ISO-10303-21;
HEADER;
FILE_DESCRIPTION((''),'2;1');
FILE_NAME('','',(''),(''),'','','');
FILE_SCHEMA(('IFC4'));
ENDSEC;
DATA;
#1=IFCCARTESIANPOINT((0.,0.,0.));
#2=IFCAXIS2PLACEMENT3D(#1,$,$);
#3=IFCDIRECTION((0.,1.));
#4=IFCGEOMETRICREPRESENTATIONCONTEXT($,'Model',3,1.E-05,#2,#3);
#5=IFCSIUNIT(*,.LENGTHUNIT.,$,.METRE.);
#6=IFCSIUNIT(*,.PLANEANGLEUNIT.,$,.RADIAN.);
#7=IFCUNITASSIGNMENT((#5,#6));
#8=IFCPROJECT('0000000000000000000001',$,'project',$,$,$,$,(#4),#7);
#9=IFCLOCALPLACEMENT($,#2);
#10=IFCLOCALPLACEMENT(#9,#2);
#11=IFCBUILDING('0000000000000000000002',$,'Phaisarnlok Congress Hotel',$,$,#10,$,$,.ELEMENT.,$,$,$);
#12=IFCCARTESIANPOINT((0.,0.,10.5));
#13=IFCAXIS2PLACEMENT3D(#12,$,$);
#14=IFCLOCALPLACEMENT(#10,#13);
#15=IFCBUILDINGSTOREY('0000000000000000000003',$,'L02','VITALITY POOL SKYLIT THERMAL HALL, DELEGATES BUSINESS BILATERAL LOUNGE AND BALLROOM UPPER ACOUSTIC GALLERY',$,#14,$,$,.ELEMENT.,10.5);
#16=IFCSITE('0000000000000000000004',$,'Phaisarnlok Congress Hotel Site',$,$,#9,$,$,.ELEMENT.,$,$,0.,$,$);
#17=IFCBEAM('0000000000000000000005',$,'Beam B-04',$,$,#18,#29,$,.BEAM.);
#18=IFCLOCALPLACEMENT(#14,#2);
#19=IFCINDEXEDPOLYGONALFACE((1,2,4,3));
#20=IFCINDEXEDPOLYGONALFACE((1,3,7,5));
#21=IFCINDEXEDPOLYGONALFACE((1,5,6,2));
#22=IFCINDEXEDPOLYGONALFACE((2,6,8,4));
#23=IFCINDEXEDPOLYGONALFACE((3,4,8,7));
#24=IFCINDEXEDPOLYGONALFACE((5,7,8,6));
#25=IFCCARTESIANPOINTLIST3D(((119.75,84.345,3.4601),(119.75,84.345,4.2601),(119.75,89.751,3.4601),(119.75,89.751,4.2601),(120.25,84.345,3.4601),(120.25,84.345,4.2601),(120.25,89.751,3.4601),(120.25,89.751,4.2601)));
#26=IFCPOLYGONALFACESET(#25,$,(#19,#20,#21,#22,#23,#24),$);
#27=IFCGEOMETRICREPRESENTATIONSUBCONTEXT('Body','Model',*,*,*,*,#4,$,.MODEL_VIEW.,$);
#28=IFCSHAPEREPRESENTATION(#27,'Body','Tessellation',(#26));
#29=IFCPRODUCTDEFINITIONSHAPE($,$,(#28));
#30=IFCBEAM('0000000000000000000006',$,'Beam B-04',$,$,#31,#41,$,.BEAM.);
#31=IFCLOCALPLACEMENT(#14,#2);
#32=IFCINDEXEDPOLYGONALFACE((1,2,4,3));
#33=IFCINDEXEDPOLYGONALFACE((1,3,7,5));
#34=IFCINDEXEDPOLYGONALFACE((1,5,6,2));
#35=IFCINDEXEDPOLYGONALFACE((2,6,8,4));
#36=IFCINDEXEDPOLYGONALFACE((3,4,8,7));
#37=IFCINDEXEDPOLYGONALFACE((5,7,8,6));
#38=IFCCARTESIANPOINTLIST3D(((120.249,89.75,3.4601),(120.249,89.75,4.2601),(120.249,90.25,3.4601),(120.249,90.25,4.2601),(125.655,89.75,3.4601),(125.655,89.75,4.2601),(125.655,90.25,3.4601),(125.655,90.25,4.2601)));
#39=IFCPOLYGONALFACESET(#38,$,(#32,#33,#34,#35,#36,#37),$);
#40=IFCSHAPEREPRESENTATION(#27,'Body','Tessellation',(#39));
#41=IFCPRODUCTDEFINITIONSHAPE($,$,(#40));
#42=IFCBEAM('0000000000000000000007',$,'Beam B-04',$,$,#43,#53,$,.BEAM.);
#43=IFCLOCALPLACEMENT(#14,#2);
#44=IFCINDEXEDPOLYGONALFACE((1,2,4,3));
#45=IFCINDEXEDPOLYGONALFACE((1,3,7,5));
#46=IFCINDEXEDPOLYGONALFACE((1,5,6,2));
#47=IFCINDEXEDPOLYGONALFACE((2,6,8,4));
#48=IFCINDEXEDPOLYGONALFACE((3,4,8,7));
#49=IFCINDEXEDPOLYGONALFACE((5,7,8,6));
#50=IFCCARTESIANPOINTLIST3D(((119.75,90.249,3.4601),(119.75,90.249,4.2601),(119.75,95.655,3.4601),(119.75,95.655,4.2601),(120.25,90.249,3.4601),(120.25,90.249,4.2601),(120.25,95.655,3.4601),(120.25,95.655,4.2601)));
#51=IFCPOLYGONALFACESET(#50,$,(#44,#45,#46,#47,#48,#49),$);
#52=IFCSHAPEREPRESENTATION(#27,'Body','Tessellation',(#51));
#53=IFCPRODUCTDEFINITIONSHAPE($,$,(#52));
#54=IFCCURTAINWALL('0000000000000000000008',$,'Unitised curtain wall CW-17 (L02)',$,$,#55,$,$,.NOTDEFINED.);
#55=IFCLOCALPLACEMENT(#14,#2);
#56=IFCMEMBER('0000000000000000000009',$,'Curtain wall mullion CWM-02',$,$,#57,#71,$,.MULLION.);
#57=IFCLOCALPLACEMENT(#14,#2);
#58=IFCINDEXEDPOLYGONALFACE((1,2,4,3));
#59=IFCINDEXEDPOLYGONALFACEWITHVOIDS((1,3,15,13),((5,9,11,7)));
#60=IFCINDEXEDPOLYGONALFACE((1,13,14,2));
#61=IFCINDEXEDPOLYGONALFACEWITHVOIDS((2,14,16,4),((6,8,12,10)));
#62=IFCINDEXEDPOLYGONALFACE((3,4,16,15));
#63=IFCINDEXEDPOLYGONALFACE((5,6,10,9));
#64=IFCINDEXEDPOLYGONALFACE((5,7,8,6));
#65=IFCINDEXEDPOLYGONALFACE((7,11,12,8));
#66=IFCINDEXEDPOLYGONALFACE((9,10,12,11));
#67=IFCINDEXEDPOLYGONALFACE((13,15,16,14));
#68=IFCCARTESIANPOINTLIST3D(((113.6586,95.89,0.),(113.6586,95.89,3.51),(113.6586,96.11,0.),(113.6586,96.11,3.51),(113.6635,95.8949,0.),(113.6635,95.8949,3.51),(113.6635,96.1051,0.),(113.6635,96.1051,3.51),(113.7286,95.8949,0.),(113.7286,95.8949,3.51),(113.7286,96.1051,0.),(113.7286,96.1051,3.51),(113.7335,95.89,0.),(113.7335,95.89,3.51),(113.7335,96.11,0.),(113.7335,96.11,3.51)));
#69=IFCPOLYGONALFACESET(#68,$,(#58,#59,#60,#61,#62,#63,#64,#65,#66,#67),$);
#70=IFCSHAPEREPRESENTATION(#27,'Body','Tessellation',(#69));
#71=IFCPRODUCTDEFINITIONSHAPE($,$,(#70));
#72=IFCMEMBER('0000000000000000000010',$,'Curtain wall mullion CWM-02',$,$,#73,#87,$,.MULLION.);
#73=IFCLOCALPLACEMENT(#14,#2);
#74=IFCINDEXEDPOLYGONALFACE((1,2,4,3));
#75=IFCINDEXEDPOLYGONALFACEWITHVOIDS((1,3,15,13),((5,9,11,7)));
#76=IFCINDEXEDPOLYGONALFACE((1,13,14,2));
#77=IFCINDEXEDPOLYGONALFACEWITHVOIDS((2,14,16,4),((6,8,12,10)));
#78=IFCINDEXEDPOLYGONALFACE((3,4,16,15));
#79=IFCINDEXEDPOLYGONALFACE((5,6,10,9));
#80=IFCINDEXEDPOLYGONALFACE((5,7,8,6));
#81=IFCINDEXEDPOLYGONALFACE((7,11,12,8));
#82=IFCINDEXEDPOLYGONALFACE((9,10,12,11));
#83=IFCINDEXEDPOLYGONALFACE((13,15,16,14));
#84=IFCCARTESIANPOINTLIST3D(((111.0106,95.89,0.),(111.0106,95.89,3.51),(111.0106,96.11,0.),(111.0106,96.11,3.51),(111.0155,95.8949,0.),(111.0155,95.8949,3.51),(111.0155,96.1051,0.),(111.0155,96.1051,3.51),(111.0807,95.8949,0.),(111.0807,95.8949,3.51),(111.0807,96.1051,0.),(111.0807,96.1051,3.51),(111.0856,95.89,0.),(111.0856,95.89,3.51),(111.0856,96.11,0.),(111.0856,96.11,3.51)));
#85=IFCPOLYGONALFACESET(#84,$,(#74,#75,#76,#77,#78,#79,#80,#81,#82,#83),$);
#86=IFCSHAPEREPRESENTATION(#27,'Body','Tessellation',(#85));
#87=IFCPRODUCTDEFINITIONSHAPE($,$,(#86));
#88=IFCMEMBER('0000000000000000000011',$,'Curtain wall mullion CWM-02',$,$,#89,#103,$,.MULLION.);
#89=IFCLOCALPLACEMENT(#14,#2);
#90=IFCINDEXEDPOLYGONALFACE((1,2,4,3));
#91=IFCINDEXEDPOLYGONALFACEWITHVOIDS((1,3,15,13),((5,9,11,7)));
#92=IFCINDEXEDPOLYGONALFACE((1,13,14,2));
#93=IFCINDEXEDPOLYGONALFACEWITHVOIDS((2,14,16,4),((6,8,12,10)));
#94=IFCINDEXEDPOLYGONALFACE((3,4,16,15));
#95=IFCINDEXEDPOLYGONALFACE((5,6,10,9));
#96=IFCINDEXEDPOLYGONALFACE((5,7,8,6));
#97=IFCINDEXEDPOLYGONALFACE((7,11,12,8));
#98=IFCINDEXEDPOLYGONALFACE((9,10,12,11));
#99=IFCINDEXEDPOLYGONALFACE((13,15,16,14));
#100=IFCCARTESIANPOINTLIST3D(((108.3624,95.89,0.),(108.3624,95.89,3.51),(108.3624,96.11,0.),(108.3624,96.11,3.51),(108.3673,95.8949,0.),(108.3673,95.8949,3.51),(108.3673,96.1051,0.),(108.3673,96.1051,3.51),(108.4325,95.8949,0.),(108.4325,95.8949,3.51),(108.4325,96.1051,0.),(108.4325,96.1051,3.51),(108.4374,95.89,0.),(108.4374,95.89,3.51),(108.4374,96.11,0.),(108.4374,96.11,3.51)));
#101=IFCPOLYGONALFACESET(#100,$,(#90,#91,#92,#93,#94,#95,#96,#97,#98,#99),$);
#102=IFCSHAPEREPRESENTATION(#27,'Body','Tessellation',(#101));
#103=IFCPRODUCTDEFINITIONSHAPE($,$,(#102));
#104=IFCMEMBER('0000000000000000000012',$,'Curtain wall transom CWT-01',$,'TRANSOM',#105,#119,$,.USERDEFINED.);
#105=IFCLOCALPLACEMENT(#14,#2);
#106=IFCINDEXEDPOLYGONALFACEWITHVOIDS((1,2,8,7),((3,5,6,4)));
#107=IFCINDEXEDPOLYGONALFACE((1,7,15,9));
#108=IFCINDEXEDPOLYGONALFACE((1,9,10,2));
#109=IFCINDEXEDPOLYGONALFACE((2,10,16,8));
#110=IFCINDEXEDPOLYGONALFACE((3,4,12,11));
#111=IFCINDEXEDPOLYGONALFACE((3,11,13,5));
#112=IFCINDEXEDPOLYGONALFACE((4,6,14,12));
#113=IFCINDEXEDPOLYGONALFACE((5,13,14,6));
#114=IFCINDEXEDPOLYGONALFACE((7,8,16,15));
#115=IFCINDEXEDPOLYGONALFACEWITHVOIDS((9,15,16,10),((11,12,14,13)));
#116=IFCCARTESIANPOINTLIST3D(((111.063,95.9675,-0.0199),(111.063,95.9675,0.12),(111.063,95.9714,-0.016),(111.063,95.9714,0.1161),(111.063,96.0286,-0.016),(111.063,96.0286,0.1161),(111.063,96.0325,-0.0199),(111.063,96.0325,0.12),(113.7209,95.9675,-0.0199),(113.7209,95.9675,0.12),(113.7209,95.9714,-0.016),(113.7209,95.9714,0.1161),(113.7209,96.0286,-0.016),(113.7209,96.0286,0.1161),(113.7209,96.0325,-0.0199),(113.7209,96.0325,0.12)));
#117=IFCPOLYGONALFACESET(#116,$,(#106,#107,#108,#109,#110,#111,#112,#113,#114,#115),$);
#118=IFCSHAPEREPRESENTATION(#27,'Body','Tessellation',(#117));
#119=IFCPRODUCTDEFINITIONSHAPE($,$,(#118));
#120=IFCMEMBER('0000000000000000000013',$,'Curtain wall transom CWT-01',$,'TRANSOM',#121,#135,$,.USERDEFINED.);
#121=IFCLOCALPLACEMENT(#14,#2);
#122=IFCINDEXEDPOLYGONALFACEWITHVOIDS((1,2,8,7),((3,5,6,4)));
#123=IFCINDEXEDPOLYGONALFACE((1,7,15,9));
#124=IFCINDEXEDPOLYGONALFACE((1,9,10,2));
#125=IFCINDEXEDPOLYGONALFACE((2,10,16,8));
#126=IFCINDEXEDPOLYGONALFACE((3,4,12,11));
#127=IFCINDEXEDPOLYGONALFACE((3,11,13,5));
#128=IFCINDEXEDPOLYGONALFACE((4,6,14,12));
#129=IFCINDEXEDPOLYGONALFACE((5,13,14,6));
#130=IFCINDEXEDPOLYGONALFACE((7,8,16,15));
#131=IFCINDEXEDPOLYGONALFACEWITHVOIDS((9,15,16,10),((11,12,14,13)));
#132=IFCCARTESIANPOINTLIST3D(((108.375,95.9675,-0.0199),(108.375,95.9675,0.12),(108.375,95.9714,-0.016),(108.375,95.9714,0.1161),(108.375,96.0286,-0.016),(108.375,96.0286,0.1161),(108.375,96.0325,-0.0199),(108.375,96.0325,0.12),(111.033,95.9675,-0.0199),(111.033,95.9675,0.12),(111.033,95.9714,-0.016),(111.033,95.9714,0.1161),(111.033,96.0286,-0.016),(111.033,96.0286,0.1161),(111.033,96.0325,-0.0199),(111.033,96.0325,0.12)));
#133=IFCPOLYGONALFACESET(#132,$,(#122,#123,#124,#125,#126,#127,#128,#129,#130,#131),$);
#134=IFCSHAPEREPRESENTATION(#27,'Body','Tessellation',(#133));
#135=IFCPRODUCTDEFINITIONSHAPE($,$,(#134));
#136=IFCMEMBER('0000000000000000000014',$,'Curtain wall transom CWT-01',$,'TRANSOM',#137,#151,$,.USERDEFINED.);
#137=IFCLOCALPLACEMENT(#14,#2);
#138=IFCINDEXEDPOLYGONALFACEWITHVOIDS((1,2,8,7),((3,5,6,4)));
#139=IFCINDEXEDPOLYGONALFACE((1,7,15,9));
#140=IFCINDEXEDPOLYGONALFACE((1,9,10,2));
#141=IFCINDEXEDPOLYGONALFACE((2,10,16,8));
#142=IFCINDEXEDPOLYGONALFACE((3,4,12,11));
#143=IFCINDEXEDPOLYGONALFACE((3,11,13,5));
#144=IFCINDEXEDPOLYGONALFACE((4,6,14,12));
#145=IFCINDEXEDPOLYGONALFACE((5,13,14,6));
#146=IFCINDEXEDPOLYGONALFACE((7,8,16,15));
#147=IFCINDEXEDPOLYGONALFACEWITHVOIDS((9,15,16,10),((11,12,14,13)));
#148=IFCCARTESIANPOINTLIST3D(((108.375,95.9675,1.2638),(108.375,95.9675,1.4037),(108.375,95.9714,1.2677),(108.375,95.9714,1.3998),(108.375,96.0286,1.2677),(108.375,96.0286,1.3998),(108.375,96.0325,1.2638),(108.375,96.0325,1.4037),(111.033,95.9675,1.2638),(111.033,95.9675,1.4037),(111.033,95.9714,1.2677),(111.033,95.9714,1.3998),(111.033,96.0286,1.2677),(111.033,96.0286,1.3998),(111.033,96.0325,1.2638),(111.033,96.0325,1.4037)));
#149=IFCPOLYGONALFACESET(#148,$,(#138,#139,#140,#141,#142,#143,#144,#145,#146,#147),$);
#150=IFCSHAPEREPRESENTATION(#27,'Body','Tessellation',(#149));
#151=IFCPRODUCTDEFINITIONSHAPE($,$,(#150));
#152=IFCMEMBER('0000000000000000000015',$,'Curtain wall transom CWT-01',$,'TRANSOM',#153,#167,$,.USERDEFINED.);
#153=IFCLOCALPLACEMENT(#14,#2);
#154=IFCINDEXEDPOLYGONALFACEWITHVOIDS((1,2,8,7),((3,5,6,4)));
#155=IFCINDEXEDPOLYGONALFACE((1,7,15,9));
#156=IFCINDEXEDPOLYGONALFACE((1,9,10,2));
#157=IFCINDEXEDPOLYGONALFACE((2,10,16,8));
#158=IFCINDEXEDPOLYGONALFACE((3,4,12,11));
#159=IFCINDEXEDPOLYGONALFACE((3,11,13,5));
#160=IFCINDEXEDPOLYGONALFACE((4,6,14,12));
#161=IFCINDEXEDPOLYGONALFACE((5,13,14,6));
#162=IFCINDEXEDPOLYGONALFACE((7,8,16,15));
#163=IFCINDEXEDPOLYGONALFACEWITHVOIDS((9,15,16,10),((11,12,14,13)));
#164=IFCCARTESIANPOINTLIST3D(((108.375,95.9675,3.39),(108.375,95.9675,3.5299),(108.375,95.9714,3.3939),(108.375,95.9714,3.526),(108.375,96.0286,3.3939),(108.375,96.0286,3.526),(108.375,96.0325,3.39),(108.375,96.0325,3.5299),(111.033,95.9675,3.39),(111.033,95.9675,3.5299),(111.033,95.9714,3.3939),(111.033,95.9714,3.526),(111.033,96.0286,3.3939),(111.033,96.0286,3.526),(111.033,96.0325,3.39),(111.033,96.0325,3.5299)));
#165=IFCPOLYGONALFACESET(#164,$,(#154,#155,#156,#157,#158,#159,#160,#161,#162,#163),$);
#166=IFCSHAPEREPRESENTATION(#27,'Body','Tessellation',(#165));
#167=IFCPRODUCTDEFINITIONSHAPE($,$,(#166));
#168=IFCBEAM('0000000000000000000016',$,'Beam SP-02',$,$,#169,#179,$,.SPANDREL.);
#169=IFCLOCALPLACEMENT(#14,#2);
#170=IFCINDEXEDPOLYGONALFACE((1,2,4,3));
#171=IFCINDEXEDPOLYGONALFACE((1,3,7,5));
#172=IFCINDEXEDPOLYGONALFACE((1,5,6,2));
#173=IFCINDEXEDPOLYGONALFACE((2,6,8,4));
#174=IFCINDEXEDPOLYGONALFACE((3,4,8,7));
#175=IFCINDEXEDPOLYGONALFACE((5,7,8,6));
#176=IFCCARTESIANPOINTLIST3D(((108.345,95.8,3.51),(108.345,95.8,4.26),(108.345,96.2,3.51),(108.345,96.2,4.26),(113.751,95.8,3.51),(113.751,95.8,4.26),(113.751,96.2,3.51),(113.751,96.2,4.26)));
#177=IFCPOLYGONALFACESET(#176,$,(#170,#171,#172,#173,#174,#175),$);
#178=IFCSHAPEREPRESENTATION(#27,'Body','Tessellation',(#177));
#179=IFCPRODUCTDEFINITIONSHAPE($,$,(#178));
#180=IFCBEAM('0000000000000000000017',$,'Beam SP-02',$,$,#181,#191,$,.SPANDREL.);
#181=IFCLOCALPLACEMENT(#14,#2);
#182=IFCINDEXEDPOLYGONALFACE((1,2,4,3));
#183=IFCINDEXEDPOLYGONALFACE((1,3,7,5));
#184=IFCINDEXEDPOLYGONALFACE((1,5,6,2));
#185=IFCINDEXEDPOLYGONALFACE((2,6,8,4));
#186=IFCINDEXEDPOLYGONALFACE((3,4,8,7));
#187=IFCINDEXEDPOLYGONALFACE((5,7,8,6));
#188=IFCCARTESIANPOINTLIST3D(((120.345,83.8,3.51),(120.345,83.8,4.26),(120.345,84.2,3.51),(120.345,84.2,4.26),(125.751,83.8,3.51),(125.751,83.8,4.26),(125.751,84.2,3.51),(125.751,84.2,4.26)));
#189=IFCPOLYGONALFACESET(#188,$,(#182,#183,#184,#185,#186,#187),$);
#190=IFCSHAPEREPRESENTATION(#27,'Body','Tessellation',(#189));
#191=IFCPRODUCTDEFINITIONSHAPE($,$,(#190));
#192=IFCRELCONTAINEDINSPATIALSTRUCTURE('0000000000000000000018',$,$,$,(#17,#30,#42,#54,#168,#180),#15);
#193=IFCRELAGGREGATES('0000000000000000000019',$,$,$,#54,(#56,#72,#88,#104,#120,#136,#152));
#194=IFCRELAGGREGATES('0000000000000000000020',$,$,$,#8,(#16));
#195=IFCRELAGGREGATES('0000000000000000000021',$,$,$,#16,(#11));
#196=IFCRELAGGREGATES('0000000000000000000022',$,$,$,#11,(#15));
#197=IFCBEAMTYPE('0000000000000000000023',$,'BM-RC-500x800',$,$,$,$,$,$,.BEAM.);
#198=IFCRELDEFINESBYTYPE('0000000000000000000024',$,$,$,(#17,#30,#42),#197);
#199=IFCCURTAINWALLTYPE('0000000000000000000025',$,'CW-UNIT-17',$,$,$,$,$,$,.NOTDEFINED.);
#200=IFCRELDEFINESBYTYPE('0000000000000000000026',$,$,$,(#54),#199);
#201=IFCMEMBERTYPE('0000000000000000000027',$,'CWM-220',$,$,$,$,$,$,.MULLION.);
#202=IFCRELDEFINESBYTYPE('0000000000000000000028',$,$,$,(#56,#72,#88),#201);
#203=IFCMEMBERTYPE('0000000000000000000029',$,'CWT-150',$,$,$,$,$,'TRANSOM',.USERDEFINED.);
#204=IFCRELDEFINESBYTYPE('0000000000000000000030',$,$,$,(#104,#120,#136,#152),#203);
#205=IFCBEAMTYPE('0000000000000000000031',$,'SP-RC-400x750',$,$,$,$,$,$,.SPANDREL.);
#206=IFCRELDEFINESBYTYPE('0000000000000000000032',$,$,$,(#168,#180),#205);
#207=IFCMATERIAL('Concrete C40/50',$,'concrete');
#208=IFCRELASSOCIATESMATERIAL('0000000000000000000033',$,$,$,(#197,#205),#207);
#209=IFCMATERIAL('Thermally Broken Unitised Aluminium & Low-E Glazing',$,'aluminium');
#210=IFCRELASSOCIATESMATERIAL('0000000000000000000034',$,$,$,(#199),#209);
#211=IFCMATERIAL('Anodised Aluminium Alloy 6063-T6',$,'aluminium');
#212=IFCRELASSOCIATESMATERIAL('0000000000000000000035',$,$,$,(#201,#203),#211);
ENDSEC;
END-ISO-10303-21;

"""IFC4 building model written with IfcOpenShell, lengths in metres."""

from ifc_helpers import new_model, si_unit, direction, frame, origin, origin_2d, place, context, subcontext, project, spatial, rectangle, hollow_rectangle, extrude, material, material_profile, profile_set, type_object, element, aggregate, save


model = new_model("IFC4")

# Units and contexts
model_context = context("Model", 3, precision=1e-05, world=origin(), true_north=direction((0.0, 1.0)))
body_context = subcontext(model_context, "Body", "Model", "MODEL_VIEW")
ifc_project = project(units=[si_unit("LENGTHUNIT", "METRE"), si_unit("PLANEANGLEUNIT", "RADIAN")], contexts=[model_context])

# Site, building, storey
site_placement = place(None, origin())
site = spatial("IfcSite", under=ifc_project, at=site_placement, Name="Phaisarnlok Congress Hotel Site", CompositionType="ELEMENT", RefElevation=0.0)
building_placement = place(site_placement, origin())
building = spatial("IfcBuilding", under=site, at=building_placement, Name="Phaisarnlok Congress Hotel", CompositionType="ELEMENT")
storey_placement = place(building_placement, frame((0.0, 0.0, 10.5)))
storey = spatial("IfcBuildingStorey", under=building, at=storey_placement, Name="L02", Description="VITALITY POOL SKYLIT THERMAL HALL, DELEGATES BUSINESS BILATERAL LOUNGE AND BALLROOM UPPER ACOUSTIC GALLERY", CompositionType="ELEMENT", Elevation=10.5)

# Beams
ifc_material_1 = material(Name="Concrete C40/50", Category="concrete")
ifc_material_profile_1 = material_profile(ifc_material_1, rectangle(XDim=0.5, YDim=0.8, at=origin_2d()), Name="RC 500x800")
ifc_profile_set_1 = profile_set([ifc_material_profile_1], Name="Concrete C40/50")
beam_type_1 = type_object("IfcBeamType", Name="BM-RC-500x800", PredefinedType="BEAM", material=ifc_profile_set_1)
for number, where, z_axis, x_axis, name in (
    (1, (120.0, 84.345, 3.8601), (0.0, 1.0, 0.0), (-1.0, 0.0, 0.0), "Beam B-04"),
    (2, (120.249, 90.0, 3.8601), (1.0, 0.0, 0.0), (0.0, 1.0, 0.0), "Beam B-04"),
    (3, (120.0, 90.249, 3.8601), (0.0, 1.0, 0.0), (-1.0, 0.0, 0.0), "Beam B-04"),
):
    element("IfcBeam", number, at=place(storey_placement, frame(where, z_axis=z_axis, x_axis=x_axis)), inside=storey, type_object=beam_type_1, Name=name, PredefinedType="BEAM", context=body_context, shape_type="SweptSolid", body=[
        extrude(rectangle(XDim=0.5, YDim=0.8, at=origin_2d()), origin(), (0.0, 0.0, 1.0), 5.406),
    ])

# Curtain wall, members
ifc_material_2 = material(Name="Thermally Broken Unitised Aluminium & Low-E Glazing", Category="aluminium")
curtain_wall_type = type_object("IfcCurtainWallType", Name="CW-UNIT-17", PredefinedType="NOTDEFINED", material=ifc_material_2)
curtain_wall_placement = place(storey_placement, origin())
curtain_wall = element("IfcCurtainWall", 4, at=curtain_wall_placement, inside=storey, type_object=curtain_wall_type, Name="Unitised curtain wall CW-17 (L02)", PredefinedType="NOTDEFINED")
ifc_material_3 = material(Name="Anodised Aluminium Alloy 6063-T6", Category="aluminium")
ifc_material_profile_2 = material_profile(ifc_material_3, hollow_rectangle(XDim=0.075, YDim=0.22, WallThickness=0.0049, at=origin_2d()), Name="ALU-M 75x220x5")
ifc_profile_set_2 = profile_set([ifc_material_profile_2], Name="Anodised Aluminium Alloy 6063-T6")
member_type_1 = type_object("IfcMemberType", Name="CWM-220", PredefinedType="MULLION", material=ifc_profile_set_2)
member_1_placement = place(storey_placement, frame((113.696, 96.0, 0.0), z_axis=(0.0, 0.0, 1.0), x_axis=(-1.0, 0.0, 0.0)))
member_1 = element("IfcMember", 5, at=member_1_placement, type_object=member_type_1, Name="Curtain wall mullion CWM-02", PredefinedType="MULLION", context=body_context, shape_type="SweptSolid", body=[
    extrude(hollow_rectangle(XDim=0.075, YDim=0.22, WallThickness=0.0049, at=origin_2d()), origin(), (0.0, 0.0, 1.0), 3.51),
])
member_2_placement = place(storey_placement, frame((111.0481, 96.0, 0.0), z_axis=(0.0, 0.0, 1.0), x_axis=(-1.0, 0.0, 0.0)))
member_2 = element("IfcMember", 6, at=member_2_placement, type_object=member_type_1, Name="Curtain wall mullion CWM-02", PredefinedType="MULLION", context=body_context, shape_type="SweptSolid", body=[
    extrude(hollow_rectangle(XDim=0.075, YDim=0.22, WallThickness=0.0049, at=origin_2d()), origin(), (0.0, 0.0, 1.0), 3.51),
])
member_3_placement = place(storey_placement, frame((108.3999, 96.0, 0.0), z_axis=(0.0, 0.0, 1.0), x_axis=(-1.0, 0.0, 0.0)))
member_3 = element("IfcMember", 7, at=member_3_placement, type_object=member_type_1, Name="Curtain wall mullion CWM-02", PredefinedType="MULLION", context=body_context, shape_type="SweptSolid", body=[
    extrude(hollow_rectangle(XDim=0.075, YDim=0.22, WallThickness=0.0049, at=origin_2d()), origin(), (0.0, 0.0, 1.0), 3.51),
])
ifc_material_profile_3 = material_profile(ifc_material_3, hollow_rectangle(XDim=0.0649, YDim=0.1399, WallThickness=0.0039, at=origin_2d()), Name="ALU-T 65x140x4")
ifc_profile_set_3 = profile_set([ifc_material_profile_3], Name="Anodised Aluminium Alloy 6063-T6")
member_type_2 = type_object("IfcMemberType", Name="CWT-150", ElementType="TRANSOM", PredefinedType="USERDEFINED", material=ifc_profile_set_3)
member_4_placement = place(storey_placement, frame((113.7209, 96.0, 0.05), z_axis=(-1.0, 0.0, 0.0), x_axis=(0.0, -1.0, 0.0)))
member_4 = element("IfcMember", 8, at=member_4_placement, type_object=member_type_2, Name="Curtain wall transom CWT-01", ObjectType="TRANSOM", PredefinedType="USERDEFINED", context=body_context, shape_type="SweptSolid", body=[
    extrude(hollow_rectangle(XDim=0.0649, YDim=0.1399, WallThickness=0.0039, at=origin_2d()), origin(), (0.0, 0.0, 1.0), 2.658),
])
member_5_placement = place(storey_placement, frame((111.033, 96.0, 0.05), z_axis=(-1.0, 0.0, 0.0), x_axis=(0.0, -1.0, 0.0)))
member_5 = element("IfcMember", 9, at=member_5_placement, type_object=member_type_2, Name="Curtain wall transom CWT-01", ObjectType="TRANSOM", PredefinedType="USERDEFINED", context=body_context, shape_type="SweptSolid", body=[
    extrude(hollow_rectangle(XDim=0.0649, YDim=0.1399, WallThickness=0.0039, at=origin_2d()), origin(), (0.0, 0.0, 1.0), 2.658),
])
member_6_placement = place(storey_placement, frame((111.033, 96.0, 1.3337), z_axis=(-1.0, 0.0, 0.0), x_axis=(0.0, -1.0, 0.0)))
member_6 = element("IfcMember", 10, at=member_6_placement, type_object=member_type_2, Name="Curtain wall transom CWT-01", ObjectType="TRANSOM", PredefinedType="USERDEFINED", context=body_context, shape_type="SweptSolid", body=[
    extrude(hollow_rectangle(XDim=0.0649, YDim=0.1399, WallThickness=0.0039, at=origin_2d()), origin(), (0.0, 0.0, 1.0), 2.658),
])
member_7_placement = place(storey_placement, frame((111.033, 96.0, 3.46), z_axis=(-1.0, 0.0, 0.0), x_axis=(0.0, -1.0, 0.0)))
member_7 = element("IfcMember", 11, at=member_7_placement, type_object=member_type_2, Name="Curtain wall transom CWT-01", ObjectType="TRANSOM", PredefinedType="USERDEFINED", context=body_context, shape_type="SweptSolid", body=[
    extrude(hollow_rectangle(XDim=0.0649, YDim=0.1399, WallThickness=0.0039, at=origin_2d()), origin(), (0.0, 0.0, 1.0), 2.658),
])

# Beams
ifc_material_profile_4 = material_profile(ifc_material_1, rectangle(XDim=0.3999, YDim=0.75, at=origin_2d()), Name="RC 400x750")
ifc_profile_set_4 = profile_set([ifc_material_profile_4], Name="Concrete C40/50")
beam_type_2 = type_object("IfcBeamType", Name="SP-RC-400x750", PredefinedType="SPANDREL", material=ifc_profile_set_4)
for number, where, z_axis, x_axis, name in (
    (12, (108.345, 96.0, 3.885), (1.0, 0.0, 0.0), (0.0, 1.0, 0.0), "Beam SP-02"),
    (13, (120.345, 84.0, 3.885), (1.0, 0.0, 0.0), (0.0, 1.0, 0.0), "Beam SP-02"),
):
    element("IfcBeam", number, at=place(storey_placement, frame(where, z_axis=z_axis, x_axis=x_axis)), inside=storey, type_object=beam_type_2, Name=name, PredefinedType="SPANDREL", context=body_context, shape_type="SweptSolid", body=[
        extrude(rectangle(XDim=0.3999, YDim=0.75, at=origin_2d()), origin(), (0.0, 0.0, 1.0), 5.406),
    ])

aggregate(curtain_wall, [member_1, member_2, member_3, member_4, member_5, member_6, member_7])

save(model, "model.ifc")
